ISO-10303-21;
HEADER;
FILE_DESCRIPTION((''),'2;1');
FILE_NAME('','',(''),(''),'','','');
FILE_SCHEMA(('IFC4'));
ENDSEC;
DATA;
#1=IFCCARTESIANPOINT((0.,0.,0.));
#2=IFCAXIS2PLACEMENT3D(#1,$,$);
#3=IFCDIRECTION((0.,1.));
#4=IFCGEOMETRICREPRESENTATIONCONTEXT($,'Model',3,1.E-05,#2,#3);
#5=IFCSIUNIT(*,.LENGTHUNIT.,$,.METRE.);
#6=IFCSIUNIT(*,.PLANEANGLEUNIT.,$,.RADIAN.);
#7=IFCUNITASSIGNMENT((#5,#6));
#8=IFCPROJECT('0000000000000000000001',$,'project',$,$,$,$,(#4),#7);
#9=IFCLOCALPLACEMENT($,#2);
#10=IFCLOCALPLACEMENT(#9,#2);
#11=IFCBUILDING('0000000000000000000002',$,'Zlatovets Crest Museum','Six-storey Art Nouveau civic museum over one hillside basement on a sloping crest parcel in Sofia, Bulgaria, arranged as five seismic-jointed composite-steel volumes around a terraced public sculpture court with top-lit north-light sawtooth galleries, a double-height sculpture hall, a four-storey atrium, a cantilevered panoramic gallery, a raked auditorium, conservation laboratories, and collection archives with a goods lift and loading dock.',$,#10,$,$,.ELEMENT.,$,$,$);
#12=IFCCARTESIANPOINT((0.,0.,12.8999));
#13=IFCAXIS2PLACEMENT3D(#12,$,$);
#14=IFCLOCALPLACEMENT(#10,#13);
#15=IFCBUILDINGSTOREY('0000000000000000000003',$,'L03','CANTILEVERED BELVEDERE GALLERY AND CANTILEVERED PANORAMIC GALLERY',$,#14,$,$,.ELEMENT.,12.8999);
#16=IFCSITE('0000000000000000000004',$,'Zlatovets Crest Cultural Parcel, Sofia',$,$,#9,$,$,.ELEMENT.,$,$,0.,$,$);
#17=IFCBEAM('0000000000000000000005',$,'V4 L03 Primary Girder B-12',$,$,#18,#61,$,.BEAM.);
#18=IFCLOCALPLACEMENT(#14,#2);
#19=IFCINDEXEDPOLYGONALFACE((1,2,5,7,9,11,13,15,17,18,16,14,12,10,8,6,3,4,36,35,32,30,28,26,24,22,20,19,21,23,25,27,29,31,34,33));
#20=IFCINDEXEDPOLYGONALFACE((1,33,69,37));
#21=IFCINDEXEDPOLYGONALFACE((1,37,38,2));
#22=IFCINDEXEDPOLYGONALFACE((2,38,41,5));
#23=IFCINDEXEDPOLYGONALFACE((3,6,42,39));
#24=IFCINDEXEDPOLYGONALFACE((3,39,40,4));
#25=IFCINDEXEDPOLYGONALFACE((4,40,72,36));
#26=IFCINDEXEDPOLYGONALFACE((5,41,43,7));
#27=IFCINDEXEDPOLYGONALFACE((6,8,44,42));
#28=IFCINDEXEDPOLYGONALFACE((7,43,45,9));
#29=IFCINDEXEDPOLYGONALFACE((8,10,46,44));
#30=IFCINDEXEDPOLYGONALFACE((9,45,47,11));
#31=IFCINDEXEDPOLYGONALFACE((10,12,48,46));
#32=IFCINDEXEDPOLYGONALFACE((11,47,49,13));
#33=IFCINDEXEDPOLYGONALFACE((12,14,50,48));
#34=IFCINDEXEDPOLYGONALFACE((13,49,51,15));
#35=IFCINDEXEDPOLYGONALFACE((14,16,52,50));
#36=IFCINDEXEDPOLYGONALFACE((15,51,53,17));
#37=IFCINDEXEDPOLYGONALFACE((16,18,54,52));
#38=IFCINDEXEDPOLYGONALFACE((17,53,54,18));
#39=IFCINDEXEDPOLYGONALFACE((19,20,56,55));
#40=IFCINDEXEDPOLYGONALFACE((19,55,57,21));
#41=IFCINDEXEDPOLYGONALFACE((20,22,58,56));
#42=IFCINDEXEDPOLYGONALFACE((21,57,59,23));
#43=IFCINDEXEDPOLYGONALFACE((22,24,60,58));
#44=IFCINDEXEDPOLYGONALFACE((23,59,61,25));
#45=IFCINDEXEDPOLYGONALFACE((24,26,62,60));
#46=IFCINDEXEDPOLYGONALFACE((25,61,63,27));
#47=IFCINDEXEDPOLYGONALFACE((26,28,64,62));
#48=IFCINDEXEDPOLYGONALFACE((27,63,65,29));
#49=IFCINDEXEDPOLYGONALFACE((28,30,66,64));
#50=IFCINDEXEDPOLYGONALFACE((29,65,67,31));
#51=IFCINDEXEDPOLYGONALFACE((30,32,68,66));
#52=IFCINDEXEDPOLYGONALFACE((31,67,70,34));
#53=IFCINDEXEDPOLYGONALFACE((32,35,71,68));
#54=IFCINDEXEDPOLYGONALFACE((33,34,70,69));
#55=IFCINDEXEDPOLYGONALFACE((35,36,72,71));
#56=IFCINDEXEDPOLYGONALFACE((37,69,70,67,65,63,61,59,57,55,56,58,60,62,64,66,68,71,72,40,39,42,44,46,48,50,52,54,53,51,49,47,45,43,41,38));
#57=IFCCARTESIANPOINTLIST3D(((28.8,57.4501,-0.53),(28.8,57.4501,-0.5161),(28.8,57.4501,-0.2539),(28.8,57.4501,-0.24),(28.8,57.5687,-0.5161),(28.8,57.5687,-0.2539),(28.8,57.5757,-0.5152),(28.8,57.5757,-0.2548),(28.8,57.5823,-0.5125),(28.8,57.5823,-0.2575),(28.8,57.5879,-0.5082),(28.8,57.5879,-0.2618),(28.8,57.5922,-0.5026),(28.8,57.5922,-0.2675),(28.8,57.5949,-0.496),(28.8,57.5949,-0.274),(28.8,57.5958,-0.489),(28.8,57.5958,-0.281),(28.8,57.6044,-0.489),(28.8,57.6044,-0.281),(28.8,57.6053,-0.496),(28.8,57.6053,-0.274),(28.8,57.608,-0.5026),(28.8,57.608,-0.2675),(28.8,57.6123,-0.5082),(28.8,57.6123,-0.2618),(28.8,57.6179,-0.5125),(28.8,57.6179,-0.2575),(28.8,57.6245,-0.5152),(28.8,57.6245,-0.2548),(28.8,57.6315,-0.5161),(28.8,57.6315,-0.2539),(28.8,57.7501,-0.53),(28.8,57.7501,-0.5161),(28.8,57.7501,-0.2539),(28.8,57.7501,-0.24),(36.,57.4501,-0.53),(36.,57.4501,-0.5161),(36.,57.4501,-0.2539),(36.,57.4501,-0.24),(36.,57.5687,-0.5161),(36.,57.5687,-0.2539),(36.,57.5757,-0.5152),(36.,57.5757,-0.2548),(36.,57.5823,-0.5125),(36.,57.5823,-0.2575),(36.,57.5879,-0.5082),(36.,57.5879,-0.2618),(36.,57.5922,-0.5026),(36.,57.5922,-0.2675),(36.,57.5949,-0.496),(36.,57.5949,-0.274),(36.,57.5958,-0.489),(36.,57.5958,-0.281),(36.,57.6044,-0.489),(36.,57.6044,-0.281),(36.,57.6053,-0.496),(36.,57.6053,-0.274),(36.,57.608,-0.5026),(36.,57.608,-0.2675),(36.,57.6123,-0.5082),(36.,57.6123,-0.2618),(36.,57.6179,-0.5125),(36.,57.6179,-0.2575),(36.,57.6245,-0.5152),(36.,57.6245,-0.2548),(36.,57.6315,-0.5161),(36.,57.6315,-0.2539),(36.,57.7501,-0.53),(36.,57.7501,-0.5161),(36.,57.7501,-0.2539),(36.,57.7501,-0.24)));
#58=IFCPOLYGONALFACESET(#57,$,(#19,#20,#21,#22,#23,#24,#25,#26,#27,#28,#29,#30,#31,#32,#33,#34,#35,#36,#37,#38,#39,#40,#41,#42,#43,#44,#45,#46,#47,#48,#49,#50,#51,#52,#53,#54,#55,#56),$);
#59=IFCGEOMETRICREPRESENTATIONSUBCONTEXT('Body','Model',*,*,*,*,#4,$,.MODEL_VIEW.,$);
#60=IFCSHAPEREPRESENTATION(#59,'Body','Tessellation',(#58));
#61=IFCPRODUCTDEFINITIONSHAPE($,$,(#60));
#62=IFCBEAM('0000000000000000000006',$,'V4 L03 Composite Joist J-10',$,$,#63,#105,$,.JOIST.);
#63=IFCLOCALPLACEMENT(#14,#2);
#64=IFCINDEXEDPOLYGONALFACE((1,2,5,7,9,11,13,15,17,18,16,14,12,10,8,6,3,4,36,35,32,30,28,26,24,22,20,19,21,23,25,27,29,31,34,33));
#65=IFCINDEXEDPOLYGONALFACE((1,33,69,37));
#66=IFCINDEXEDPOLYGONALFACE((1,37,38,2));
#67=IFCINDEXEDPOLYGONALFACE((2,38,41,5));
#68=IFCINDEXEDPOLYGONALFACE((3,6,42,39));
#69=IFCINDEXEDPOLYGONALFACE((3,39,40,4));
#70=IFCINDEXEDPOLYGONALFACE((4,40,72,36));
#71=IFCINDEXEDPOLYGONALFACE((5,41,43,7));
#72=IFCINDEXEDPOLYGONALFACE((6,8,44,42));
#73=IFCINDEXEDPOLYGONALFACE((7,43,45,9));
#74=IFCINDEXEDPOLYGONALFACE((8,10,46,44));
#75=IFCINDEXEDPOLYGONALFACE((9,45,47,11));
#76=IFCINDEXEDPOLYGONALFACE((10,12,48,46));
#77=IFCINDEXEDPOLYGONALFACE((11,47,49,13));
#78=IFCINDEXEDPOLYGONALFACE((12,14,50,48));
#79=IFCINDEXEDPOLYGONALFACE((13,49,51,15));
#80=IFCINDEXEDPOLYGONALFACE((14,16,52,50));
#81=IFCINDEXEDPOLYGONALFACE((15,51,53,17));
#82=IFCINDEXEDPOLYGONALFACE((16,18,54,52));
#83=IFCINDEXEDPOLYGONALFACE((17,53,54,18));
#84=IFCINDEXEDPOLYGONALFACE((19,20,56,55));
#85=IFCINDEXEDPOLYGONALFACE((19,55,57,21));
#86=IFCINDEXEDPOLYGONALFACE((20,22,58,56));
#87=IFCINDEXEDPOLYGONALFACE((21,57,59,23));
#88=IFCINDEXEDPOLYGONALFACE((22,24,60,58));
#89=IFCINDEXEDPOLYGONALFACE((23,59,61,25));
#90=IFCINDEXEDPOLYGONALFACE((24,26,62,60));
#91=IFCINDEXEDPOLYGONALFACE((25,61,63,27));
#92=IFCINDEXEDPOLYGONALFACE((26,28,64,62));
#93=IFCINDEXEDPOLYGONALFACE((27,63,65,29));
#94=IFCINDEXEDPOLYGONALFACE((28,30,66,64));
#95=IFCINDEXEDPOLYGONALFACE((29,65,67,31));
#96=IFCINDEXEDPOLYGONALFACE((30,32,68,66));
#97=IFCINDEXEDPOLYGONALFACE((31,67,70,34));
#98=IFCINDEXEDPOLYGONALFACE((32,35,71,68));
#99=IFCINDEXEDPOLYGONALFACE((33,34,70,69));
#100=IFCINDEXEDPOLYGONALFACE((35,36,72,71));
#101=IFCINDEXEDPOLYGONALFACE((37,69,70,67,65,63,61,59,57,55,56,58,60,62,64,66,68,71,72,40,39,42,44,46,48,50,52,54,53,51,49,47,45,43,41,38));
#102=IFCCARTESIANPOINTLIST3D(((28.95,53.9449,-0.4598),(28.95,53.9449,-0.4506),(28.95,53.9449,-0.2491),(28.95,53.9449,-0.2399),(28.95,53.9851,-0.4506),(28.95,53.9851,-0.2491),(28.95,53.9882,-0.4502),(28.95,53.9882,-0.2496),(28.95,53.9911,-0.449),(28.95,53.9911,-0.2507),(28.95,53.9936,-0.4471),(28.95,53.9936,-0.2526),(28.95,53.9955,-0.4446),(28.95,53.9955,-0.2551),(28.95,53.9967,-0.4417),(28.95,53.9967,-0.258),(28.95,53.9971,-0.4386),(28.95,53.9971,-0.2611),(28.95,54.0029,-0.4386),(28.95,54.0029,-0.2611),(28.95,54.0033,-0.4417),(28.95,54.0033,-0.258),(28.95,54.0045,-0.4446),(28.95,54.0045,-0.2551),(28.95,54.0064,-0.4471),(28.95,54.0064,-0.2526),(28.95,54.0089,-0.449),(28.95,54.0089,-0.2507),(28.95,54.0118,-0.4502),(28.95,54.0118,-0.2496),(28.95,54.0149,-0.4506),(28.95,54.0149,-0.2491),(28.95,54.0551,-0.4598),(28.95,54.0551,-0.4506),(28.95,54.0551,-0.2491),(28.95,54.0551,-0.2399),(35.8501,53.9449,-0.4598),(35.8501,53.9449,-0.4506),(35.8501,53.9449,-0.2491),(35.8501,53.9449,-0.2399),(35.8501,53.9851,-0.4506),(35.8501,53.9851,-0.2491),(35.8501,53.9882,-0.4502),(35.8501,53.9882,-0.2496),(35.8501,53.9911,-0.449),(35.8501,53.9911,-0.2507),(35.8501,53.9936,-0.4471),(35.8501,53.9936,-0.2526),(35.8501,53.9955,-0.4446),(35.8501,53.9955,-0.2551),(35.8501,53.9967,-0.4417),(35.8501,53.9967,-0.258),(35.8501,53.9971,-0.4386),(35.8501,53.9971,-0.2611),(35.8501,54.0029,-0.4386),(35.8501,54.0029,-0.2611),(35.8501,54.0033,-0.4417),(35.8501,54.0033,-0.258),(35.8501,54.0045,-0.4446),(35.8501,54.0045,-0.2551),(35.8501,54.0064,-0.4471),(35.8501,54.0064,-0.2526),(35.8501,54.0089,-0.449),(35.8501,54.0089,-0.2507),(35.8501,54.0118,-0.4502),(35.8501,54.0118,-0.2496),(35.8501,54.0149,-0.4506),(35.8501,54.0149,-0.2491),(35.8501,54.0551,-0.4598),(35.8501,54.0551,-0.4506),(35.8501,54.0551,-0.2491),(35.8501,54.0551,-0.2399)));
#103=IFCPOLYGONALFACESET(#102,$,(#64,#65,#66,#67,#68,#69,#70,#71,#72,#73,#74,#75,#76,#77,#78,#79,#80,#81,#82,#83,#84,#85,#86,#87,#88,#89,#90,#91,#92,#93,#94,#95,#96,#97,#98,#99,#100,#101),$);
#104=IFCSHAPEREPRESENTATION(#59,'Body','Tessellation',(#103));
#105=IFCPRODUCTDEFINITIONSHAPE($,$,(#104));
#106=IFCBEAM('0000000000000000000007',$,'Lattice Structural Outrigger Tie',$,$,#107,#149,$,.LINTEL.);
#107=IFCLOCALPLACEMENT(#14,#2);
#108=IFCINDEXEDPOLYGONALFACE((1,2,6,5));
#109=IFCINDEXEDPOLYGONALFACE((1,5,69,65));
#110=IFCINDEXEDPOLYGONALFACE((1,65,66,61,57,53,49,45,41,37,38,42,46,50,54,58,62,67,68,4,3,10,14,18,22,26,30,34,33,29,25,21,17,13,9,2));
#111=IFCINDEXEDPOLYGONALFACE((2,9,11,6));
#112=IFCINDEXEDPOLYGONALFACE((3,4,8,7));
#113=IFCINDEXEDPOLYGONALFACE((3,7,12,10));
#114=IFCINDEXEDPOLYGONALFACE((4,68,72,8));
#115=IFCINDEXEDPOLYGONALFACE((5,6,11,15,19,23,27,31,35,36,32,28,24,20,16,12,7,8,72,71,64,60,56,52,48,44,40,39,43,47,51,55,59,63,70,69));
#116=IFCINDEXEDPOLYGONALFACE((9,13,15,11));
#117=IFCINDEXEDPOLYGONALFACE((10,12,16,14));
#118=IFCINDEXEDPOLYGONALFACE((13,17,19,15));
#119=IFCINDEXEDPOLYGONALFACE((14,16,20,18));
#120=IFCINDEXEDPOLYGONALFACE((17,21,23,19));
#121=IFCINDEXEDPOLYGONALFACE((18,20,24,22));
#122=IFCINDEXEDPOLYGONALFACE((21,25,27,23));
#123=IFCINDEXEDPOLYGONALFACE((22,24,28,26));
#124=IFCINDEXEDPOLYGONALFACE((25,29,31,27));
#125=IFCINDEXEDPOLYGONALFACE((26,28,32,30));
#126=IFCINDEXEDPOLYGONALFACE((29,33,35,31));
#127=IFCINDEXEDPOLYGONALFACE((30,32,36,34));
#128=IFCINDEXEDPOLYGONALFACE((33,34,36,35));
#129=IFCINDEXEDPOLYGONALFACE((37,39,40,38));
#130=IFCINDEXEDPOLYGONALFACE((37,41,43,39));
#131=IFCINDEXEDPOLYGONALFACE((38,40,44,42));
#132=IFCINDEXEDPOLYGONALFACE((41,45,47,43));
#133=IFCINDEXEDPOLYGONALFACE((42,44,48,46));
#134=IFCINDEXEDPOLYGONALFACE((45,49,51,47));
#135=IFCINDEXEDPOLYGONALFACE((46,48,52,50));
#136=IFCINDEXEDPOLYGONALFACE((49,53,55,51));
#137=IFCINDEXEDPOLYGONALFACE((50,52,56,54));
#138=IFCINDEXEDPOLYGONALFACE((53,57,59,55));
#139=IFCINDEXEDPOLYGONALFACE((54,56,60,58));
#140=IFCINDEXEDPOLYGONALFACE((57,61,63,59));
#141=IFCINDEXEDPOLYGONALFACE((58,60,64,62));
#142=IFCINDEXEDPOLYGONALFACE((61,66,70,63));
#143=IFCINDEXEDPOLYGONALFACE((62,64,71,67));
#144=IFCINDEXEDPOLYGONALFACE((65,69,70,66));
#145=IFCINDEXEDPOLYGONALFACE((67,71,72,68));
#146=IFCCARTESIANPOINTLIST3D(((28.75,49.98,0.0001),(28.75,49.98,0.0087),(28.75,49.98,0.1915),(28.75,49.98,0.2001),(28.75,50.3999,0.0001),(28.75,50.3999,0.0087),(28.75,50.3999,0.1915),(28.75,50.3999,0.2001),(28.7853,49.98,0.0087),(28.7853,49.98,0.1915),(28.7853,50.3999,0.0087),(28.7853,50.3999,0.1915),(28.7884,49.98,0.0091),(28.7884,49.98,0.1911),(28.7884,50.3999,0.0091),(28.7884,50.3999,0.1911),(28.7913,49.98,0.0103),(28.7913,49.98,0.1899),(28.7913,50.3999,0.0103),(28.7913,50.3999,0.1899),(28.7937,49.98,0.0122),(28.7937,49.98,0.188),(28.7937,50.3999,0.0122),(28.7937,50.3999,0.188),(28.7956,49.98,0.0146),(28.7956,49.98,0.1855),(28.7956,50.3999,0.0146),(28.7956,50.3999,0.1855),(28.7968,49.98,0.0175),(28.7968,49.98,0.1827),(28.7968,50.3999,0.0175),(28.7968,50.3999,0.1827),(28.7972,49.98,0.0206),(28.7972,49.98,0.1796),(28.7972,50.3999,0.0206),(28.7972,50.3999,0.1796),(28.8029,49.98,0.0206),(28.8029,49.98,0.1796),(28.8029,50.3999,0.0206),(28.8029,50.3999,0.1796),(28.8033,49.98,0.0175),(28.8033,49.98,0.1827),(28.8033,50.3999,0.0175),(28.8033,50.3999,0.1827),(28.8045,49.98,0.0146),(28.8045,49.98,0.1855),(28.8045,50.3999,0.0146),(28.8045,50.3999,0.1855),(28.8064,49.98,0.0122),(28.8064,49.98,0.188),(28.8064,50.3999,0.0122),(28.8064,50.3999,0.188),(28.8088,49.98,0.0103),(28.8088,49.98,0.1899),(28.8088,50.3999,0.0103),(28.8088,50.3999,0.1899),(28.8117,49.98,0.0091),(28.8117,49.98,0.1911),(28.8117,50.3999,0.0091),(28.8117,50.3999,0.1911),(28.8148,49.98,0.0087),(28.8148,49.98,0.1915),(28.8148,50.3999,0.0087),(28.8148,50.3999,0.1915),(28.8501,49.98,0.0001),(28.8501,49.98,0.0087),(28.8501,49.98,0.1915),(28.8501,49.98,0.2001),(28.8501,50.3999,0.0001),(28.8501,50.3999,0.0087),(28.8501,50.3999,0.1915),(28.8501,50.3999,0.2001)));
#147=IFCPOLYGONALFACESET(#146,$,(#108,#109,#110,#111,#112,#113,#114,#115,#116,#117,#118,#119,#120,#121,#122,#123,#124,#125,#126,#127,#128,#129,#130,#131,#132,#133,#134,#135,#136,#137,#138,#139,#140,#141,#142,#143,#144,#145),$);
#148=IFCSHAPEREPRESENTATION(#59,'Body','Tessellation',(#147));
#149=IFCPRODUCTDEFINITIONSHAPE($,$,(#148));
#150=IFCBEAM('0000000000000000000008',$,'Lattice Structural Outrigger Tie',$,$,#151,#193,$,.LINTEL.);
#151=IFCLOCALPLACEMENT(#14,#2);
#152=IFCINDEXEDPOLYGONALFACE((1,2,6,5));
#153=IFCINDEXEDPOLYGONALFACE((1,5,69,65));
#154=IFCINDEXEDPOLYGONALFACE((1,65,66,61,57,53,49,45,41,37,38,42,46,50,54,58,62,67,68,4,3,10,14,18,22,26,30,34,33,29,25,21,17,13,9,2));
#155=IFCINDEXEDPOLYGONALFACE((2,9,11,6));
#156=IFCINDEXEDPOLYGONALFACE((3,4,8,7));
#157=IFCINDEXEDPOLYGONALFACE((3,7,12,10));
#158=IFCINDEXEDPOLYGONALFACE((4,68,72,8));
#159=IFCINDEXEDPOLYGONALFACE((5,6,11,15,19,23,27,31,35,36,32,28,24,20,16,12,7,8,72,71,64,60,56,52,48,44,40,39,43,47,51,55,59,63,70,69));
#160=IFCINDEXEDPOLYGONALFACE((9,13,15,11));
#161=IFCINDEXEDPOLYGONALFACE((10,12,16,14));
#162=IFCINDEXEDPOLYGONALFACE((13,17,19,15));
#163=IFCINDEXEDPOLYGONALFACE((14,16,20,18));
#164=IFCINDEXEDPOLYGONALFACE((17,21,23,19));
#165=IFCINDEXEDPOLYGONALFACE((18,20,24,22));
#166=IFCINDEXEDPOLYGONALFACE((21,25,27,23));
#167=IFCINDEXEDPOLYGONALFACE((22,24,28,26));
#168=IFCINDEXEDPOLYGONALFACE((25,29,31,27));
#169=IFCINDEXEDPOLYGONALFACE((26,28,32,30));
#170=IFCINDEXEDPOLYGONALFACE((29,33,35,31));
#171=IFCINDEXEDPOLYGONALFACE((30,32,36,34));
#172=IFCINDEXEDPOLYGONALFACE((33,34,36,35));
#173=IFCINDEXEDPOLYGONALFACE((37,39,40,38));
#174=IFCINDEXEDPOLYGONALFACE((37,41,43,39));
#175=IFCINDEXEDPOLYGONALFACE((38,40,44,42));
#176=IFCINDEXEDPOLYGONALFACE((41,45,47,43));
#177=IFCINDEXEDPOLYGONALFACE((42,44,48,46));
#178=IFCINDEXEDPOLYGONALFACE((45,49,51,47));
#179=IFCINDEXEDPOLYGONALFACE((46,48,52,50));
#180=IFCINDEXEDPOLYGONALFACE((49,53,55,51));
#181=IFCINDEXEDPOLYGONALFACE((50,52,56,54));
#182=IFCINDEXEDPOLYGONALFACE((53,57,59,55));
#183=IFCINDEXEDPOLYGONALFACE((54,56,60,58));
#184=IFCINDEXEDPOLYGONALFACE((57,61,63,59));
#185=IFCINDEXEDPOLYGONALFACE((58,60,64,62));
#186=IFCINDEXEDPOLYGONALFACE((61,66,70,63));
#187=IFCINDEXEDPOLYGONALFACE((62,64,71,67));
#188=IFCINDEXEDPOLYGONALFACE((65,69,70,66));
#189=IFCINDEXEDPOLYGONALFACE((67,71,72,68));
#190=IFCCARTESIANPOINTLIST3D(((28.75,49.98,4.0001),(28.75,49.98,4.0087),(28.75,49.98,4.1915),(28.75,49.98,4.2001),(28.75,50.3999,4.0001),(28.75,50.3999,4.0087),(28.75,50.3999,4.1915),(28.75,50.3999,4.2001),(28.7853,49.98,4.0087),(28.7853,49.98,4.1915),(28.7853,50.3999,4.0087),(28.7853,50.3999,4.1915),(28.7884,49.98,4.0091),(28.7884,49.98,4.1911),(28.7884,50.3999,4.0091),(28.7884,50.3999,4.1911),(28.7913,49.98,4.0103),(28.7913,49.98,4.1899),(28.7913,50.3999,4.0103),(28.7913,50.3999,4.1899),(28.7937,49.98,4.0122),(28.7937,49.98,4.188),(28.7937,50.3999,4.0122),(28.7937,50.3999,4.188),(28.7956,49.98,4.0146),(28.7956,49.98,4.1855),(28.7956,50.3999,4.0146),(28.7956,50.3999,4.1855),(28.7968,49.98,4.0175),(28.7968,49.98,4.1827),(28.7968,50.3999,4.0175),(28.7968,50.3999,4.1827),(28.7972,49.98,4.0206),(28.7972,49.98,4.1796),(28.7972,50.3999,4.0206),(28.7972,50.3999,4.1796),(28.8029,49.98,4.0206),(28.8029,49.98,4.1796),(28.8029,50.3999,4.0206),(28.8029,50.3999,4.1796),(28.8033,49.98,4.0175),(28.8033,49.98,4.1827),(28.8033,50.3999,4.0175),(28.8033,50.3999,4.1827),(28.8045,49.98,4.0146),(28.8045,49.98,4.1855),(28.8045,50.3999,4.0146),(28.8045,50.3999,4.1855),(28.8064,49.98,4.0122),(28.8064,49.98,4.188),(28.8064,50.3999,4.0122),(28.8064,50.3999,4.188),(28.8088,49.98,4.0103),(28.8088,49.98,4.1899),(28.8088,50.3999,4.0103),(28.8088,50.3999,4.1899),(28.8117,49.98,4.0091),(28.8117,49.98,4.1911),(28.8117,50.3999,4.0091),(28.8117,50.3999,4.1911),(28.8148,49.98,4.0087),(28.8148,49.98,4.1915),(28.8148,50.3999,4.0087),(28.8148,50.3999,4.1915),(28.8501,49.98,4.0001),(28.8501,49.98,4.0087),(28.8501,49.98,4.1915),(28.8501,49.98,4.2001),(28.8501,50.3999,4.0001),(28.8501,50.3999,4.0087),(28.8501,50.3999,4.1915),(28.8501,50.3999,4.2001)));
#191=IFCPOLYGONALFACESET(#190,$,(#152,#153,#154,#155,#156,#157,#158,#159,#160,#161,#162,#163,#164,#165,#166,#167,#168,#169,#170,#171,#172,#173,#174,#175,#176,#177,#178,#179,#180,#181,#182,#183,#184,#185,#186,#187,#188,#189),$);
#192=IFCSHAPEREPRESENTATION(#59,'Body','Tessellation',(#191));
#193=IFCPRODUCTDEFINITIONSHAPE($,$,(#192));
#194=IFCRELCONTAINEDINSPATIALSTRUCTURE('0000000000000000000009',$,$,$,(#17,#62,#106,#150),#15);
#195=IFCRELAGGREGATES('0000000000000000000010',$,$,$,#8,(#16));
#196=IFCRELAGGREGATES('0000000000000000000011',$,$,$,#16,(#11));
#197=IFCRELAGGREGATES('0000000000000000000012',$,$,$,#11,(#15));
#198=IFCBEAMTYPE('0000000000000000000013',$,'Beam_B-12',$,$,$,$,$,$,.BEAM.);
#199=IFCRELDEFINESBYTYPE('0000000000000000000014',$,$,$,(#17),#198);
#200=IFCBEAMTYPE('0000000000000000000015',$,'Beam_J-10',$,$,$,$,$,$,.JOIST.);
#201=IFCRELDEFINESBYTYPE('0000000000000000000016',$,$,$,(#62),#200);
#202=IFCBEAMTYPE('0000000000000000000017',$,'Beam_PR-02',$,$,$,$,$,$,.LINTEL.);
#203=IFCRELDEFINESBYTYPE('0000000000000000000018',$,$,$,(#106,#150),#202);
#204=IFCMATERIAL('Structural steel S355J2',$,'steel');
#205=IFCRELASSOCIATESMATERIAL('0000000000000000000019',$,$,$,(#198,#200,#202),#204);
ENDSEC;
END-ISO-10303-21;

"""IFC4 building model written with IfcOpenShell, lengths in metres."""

from ifc_helpers import new_model, si_unit, direction, frame, origin, origin_2d, place, context, subcontext, project, spatial, i_section, extrude, material, material_profile, profile_set, type_object, element, save


model = new_model("IFC4")

# Units and contexts
model_context = context("Model", 3, precision=1e-05, world=origin(), true_north=direction((0.0, 1.0)))
body_context = subcontext(model_context, "Body", "Model", "MODEL_VIEW")
ifc_project = project(units=[si_unit("LENGTHUNIT", "METRE"), si_unit("PLANEANGLEUNIT", "RADIAN")], contexts=[model_context])

# Site, building, storey
site_placement = place(None, origin())
site = spatial("IfcSite", under=ifc_project, at=site_placement, Name="Zlatovets Crest Cultural Parcel, Sofia", CompositionType="ELEMENT", RefElevation=0.0)
building_placement = place(site_placement, origin())
building = spatial("IfcBuilding", under=site, at=building_placement, Name="Zlatovets Crest Museum", Description="Six-storey Art Nouveau civic museum over one hillside basement on a sloping crest parcel in Sofia, Bulgaria, arranged as five seismic-jointed composite-steel volumes around a terraced public sculpture court with top-lit north-light sawtooth galleries, a double-height sculpture hall, a four-storey atrium, a cantilevered panoramic gallery, a raked auditorium, conservation laboratories, and collection archives with a goods lift and loading dock.", CompositionType="ELEMENT")
storey_placement = place(building_placement, frame((0.0, 0.0, 12.8999)))
storey = spatial("IfcBuildingStorey", under=building, at=storey_placement, Name="L03", Description="CANTILEVERED BELVEDERE GALLERY AND CANTILEVERED PANORAMIC GALLERY", CompositionType="ELEMENT", Elevation=12.8999)

# Shared definitions
ifc_material_1 = material(Name="Structural steel S355J2", Category="steel")

# Beams
ifc_material_profile_1 = material_profile(ifc_material_1, i_section(OverallWidth=0.3, OverallDepth=0.29, WebThickness=0.0085, FlangeThickness=0.0139, FilletRadius=0.0271, at=origin_2d()), Name="HEA 300")
ifc_profile_set_1 = profile_set([ifc_material_profile_1], Name="Structural steel S355J2")
beam_type_1 = type_object("IfcBeamType", Name="Beam_B-12", PredefinedType="BEAM", material=ifc_profile_set_1)
beam_1_placement = place(storey_placement, frame((28.8, 57.6001, -0.385), z_axis=(1.0, 0.0, 0.0), x_axis=(0.0, 1.0, 0.0)))
element("IfcBeam", 1, at=beam_1_placement, inside=storey, type_object=beam_type_1, Name="V4 L03 Primary Girder B-12", PredefinedType="BEAM", context=body_context, shape_type="SweptSolid", body=[
    extrude(i_section(OverallWidth=0.3, OverallDepth=0.29, WebThickness=0.0085, FlangeThickness=0.0139, FilletRadius=0.0271, at=origin_2d()), origin(), (0.0, 0.0, 1.0), 7.2),
])
ifc_material_profile_2 = material_profile(ifc_material_1, i_section(OverallWidth=0.1101, OverallDepth=0.22, WebThickness=0.0059, FlangeThickness=0.0093, FilletRadius=0.012, at=origin_2d()), Name="IPE 220")
ifc_profile_set_2 = profile_set([ifc_material_profile_2], Name="Structural steel S355J2")
beam_type_2 = type_object("IfcBeamType", Name="Beam_J-10", PredefinedType="JOIST", material=ifc_profile_set_2)
beam_2_placement = place(storey_placement, frame((28.95, 54.0, -0.3499), z_axis=(1.0, 0.0, 0.0), x_axis=(0.0, 1.0, 0.0)))
element("IfcBeam", 2, at=beam_2_placement, inside=storey, type_object=beam_type_2, Name="V4 L03 Composite Joist J-10", PredefinedType="JOIST", context=body_context, shape_type="SweptSolid", body=[
    extrude(i_section(OverallWidth=0.1101, OverallDepth=0.22, WebThickness=0.0059, FlangeThickness=0.0093, FilletRadius=0.012, at=origin_2d()), origin(), (0.0, 0.0, 1.0), 6.9001),
])
ifc_material_profile_3 = material_profile(ifc_material_1, i_section(OverallWidth=0.1001, OverallDepth=0.2, WebThickness=0.0056, FlangeThickness=0.0085, FilletRadius=0.012, at=origin_2d()), Name="IPE 200")
ifc_profile_set_3 = profile_set([ifc_material_profile_3], Name="Structural steel S355J2")
beam_type_3 = type_object("IfcBeamType", Name="Beam_PR-02", PredefinedType="LINTEL", material=ifc_profile_set_3)
for number, where, z_axis, x_axis, name in (
    (3, (28.8, 50.3999, 0.1001), (0.0, -1.0, 0.0), (1.0, 0.0, 0.0), "Lattice Structural Outrigger Tie"),
    (4, (28.8, 50.3999, 4.1001), (0.0, -1.0, 0.0), (1.0, 0.0, 0.0), "Lattice Structural Outrigger Tie"),
):
    element("IfcBeam", number, at=place(storey_placement, frame(where, z_axis=z_axis, x_axis=x_axis)), inside=storey, type_object=beam_type_3, Name=name, PredefinedType="LINTEL", context=body_context, shape_type="SweptSolid", body=[
        extrude(i_section(OverallWidth=0.1001, OverallDepth=0.2, WebThickness=0.0056, FlangeThickness=0.0085, FilletRadius=0.012, at=origin_2d()), origin(), (0.0, 0.0, 1.0), 0.4199),
    ])

save(model, "model.ifc")
